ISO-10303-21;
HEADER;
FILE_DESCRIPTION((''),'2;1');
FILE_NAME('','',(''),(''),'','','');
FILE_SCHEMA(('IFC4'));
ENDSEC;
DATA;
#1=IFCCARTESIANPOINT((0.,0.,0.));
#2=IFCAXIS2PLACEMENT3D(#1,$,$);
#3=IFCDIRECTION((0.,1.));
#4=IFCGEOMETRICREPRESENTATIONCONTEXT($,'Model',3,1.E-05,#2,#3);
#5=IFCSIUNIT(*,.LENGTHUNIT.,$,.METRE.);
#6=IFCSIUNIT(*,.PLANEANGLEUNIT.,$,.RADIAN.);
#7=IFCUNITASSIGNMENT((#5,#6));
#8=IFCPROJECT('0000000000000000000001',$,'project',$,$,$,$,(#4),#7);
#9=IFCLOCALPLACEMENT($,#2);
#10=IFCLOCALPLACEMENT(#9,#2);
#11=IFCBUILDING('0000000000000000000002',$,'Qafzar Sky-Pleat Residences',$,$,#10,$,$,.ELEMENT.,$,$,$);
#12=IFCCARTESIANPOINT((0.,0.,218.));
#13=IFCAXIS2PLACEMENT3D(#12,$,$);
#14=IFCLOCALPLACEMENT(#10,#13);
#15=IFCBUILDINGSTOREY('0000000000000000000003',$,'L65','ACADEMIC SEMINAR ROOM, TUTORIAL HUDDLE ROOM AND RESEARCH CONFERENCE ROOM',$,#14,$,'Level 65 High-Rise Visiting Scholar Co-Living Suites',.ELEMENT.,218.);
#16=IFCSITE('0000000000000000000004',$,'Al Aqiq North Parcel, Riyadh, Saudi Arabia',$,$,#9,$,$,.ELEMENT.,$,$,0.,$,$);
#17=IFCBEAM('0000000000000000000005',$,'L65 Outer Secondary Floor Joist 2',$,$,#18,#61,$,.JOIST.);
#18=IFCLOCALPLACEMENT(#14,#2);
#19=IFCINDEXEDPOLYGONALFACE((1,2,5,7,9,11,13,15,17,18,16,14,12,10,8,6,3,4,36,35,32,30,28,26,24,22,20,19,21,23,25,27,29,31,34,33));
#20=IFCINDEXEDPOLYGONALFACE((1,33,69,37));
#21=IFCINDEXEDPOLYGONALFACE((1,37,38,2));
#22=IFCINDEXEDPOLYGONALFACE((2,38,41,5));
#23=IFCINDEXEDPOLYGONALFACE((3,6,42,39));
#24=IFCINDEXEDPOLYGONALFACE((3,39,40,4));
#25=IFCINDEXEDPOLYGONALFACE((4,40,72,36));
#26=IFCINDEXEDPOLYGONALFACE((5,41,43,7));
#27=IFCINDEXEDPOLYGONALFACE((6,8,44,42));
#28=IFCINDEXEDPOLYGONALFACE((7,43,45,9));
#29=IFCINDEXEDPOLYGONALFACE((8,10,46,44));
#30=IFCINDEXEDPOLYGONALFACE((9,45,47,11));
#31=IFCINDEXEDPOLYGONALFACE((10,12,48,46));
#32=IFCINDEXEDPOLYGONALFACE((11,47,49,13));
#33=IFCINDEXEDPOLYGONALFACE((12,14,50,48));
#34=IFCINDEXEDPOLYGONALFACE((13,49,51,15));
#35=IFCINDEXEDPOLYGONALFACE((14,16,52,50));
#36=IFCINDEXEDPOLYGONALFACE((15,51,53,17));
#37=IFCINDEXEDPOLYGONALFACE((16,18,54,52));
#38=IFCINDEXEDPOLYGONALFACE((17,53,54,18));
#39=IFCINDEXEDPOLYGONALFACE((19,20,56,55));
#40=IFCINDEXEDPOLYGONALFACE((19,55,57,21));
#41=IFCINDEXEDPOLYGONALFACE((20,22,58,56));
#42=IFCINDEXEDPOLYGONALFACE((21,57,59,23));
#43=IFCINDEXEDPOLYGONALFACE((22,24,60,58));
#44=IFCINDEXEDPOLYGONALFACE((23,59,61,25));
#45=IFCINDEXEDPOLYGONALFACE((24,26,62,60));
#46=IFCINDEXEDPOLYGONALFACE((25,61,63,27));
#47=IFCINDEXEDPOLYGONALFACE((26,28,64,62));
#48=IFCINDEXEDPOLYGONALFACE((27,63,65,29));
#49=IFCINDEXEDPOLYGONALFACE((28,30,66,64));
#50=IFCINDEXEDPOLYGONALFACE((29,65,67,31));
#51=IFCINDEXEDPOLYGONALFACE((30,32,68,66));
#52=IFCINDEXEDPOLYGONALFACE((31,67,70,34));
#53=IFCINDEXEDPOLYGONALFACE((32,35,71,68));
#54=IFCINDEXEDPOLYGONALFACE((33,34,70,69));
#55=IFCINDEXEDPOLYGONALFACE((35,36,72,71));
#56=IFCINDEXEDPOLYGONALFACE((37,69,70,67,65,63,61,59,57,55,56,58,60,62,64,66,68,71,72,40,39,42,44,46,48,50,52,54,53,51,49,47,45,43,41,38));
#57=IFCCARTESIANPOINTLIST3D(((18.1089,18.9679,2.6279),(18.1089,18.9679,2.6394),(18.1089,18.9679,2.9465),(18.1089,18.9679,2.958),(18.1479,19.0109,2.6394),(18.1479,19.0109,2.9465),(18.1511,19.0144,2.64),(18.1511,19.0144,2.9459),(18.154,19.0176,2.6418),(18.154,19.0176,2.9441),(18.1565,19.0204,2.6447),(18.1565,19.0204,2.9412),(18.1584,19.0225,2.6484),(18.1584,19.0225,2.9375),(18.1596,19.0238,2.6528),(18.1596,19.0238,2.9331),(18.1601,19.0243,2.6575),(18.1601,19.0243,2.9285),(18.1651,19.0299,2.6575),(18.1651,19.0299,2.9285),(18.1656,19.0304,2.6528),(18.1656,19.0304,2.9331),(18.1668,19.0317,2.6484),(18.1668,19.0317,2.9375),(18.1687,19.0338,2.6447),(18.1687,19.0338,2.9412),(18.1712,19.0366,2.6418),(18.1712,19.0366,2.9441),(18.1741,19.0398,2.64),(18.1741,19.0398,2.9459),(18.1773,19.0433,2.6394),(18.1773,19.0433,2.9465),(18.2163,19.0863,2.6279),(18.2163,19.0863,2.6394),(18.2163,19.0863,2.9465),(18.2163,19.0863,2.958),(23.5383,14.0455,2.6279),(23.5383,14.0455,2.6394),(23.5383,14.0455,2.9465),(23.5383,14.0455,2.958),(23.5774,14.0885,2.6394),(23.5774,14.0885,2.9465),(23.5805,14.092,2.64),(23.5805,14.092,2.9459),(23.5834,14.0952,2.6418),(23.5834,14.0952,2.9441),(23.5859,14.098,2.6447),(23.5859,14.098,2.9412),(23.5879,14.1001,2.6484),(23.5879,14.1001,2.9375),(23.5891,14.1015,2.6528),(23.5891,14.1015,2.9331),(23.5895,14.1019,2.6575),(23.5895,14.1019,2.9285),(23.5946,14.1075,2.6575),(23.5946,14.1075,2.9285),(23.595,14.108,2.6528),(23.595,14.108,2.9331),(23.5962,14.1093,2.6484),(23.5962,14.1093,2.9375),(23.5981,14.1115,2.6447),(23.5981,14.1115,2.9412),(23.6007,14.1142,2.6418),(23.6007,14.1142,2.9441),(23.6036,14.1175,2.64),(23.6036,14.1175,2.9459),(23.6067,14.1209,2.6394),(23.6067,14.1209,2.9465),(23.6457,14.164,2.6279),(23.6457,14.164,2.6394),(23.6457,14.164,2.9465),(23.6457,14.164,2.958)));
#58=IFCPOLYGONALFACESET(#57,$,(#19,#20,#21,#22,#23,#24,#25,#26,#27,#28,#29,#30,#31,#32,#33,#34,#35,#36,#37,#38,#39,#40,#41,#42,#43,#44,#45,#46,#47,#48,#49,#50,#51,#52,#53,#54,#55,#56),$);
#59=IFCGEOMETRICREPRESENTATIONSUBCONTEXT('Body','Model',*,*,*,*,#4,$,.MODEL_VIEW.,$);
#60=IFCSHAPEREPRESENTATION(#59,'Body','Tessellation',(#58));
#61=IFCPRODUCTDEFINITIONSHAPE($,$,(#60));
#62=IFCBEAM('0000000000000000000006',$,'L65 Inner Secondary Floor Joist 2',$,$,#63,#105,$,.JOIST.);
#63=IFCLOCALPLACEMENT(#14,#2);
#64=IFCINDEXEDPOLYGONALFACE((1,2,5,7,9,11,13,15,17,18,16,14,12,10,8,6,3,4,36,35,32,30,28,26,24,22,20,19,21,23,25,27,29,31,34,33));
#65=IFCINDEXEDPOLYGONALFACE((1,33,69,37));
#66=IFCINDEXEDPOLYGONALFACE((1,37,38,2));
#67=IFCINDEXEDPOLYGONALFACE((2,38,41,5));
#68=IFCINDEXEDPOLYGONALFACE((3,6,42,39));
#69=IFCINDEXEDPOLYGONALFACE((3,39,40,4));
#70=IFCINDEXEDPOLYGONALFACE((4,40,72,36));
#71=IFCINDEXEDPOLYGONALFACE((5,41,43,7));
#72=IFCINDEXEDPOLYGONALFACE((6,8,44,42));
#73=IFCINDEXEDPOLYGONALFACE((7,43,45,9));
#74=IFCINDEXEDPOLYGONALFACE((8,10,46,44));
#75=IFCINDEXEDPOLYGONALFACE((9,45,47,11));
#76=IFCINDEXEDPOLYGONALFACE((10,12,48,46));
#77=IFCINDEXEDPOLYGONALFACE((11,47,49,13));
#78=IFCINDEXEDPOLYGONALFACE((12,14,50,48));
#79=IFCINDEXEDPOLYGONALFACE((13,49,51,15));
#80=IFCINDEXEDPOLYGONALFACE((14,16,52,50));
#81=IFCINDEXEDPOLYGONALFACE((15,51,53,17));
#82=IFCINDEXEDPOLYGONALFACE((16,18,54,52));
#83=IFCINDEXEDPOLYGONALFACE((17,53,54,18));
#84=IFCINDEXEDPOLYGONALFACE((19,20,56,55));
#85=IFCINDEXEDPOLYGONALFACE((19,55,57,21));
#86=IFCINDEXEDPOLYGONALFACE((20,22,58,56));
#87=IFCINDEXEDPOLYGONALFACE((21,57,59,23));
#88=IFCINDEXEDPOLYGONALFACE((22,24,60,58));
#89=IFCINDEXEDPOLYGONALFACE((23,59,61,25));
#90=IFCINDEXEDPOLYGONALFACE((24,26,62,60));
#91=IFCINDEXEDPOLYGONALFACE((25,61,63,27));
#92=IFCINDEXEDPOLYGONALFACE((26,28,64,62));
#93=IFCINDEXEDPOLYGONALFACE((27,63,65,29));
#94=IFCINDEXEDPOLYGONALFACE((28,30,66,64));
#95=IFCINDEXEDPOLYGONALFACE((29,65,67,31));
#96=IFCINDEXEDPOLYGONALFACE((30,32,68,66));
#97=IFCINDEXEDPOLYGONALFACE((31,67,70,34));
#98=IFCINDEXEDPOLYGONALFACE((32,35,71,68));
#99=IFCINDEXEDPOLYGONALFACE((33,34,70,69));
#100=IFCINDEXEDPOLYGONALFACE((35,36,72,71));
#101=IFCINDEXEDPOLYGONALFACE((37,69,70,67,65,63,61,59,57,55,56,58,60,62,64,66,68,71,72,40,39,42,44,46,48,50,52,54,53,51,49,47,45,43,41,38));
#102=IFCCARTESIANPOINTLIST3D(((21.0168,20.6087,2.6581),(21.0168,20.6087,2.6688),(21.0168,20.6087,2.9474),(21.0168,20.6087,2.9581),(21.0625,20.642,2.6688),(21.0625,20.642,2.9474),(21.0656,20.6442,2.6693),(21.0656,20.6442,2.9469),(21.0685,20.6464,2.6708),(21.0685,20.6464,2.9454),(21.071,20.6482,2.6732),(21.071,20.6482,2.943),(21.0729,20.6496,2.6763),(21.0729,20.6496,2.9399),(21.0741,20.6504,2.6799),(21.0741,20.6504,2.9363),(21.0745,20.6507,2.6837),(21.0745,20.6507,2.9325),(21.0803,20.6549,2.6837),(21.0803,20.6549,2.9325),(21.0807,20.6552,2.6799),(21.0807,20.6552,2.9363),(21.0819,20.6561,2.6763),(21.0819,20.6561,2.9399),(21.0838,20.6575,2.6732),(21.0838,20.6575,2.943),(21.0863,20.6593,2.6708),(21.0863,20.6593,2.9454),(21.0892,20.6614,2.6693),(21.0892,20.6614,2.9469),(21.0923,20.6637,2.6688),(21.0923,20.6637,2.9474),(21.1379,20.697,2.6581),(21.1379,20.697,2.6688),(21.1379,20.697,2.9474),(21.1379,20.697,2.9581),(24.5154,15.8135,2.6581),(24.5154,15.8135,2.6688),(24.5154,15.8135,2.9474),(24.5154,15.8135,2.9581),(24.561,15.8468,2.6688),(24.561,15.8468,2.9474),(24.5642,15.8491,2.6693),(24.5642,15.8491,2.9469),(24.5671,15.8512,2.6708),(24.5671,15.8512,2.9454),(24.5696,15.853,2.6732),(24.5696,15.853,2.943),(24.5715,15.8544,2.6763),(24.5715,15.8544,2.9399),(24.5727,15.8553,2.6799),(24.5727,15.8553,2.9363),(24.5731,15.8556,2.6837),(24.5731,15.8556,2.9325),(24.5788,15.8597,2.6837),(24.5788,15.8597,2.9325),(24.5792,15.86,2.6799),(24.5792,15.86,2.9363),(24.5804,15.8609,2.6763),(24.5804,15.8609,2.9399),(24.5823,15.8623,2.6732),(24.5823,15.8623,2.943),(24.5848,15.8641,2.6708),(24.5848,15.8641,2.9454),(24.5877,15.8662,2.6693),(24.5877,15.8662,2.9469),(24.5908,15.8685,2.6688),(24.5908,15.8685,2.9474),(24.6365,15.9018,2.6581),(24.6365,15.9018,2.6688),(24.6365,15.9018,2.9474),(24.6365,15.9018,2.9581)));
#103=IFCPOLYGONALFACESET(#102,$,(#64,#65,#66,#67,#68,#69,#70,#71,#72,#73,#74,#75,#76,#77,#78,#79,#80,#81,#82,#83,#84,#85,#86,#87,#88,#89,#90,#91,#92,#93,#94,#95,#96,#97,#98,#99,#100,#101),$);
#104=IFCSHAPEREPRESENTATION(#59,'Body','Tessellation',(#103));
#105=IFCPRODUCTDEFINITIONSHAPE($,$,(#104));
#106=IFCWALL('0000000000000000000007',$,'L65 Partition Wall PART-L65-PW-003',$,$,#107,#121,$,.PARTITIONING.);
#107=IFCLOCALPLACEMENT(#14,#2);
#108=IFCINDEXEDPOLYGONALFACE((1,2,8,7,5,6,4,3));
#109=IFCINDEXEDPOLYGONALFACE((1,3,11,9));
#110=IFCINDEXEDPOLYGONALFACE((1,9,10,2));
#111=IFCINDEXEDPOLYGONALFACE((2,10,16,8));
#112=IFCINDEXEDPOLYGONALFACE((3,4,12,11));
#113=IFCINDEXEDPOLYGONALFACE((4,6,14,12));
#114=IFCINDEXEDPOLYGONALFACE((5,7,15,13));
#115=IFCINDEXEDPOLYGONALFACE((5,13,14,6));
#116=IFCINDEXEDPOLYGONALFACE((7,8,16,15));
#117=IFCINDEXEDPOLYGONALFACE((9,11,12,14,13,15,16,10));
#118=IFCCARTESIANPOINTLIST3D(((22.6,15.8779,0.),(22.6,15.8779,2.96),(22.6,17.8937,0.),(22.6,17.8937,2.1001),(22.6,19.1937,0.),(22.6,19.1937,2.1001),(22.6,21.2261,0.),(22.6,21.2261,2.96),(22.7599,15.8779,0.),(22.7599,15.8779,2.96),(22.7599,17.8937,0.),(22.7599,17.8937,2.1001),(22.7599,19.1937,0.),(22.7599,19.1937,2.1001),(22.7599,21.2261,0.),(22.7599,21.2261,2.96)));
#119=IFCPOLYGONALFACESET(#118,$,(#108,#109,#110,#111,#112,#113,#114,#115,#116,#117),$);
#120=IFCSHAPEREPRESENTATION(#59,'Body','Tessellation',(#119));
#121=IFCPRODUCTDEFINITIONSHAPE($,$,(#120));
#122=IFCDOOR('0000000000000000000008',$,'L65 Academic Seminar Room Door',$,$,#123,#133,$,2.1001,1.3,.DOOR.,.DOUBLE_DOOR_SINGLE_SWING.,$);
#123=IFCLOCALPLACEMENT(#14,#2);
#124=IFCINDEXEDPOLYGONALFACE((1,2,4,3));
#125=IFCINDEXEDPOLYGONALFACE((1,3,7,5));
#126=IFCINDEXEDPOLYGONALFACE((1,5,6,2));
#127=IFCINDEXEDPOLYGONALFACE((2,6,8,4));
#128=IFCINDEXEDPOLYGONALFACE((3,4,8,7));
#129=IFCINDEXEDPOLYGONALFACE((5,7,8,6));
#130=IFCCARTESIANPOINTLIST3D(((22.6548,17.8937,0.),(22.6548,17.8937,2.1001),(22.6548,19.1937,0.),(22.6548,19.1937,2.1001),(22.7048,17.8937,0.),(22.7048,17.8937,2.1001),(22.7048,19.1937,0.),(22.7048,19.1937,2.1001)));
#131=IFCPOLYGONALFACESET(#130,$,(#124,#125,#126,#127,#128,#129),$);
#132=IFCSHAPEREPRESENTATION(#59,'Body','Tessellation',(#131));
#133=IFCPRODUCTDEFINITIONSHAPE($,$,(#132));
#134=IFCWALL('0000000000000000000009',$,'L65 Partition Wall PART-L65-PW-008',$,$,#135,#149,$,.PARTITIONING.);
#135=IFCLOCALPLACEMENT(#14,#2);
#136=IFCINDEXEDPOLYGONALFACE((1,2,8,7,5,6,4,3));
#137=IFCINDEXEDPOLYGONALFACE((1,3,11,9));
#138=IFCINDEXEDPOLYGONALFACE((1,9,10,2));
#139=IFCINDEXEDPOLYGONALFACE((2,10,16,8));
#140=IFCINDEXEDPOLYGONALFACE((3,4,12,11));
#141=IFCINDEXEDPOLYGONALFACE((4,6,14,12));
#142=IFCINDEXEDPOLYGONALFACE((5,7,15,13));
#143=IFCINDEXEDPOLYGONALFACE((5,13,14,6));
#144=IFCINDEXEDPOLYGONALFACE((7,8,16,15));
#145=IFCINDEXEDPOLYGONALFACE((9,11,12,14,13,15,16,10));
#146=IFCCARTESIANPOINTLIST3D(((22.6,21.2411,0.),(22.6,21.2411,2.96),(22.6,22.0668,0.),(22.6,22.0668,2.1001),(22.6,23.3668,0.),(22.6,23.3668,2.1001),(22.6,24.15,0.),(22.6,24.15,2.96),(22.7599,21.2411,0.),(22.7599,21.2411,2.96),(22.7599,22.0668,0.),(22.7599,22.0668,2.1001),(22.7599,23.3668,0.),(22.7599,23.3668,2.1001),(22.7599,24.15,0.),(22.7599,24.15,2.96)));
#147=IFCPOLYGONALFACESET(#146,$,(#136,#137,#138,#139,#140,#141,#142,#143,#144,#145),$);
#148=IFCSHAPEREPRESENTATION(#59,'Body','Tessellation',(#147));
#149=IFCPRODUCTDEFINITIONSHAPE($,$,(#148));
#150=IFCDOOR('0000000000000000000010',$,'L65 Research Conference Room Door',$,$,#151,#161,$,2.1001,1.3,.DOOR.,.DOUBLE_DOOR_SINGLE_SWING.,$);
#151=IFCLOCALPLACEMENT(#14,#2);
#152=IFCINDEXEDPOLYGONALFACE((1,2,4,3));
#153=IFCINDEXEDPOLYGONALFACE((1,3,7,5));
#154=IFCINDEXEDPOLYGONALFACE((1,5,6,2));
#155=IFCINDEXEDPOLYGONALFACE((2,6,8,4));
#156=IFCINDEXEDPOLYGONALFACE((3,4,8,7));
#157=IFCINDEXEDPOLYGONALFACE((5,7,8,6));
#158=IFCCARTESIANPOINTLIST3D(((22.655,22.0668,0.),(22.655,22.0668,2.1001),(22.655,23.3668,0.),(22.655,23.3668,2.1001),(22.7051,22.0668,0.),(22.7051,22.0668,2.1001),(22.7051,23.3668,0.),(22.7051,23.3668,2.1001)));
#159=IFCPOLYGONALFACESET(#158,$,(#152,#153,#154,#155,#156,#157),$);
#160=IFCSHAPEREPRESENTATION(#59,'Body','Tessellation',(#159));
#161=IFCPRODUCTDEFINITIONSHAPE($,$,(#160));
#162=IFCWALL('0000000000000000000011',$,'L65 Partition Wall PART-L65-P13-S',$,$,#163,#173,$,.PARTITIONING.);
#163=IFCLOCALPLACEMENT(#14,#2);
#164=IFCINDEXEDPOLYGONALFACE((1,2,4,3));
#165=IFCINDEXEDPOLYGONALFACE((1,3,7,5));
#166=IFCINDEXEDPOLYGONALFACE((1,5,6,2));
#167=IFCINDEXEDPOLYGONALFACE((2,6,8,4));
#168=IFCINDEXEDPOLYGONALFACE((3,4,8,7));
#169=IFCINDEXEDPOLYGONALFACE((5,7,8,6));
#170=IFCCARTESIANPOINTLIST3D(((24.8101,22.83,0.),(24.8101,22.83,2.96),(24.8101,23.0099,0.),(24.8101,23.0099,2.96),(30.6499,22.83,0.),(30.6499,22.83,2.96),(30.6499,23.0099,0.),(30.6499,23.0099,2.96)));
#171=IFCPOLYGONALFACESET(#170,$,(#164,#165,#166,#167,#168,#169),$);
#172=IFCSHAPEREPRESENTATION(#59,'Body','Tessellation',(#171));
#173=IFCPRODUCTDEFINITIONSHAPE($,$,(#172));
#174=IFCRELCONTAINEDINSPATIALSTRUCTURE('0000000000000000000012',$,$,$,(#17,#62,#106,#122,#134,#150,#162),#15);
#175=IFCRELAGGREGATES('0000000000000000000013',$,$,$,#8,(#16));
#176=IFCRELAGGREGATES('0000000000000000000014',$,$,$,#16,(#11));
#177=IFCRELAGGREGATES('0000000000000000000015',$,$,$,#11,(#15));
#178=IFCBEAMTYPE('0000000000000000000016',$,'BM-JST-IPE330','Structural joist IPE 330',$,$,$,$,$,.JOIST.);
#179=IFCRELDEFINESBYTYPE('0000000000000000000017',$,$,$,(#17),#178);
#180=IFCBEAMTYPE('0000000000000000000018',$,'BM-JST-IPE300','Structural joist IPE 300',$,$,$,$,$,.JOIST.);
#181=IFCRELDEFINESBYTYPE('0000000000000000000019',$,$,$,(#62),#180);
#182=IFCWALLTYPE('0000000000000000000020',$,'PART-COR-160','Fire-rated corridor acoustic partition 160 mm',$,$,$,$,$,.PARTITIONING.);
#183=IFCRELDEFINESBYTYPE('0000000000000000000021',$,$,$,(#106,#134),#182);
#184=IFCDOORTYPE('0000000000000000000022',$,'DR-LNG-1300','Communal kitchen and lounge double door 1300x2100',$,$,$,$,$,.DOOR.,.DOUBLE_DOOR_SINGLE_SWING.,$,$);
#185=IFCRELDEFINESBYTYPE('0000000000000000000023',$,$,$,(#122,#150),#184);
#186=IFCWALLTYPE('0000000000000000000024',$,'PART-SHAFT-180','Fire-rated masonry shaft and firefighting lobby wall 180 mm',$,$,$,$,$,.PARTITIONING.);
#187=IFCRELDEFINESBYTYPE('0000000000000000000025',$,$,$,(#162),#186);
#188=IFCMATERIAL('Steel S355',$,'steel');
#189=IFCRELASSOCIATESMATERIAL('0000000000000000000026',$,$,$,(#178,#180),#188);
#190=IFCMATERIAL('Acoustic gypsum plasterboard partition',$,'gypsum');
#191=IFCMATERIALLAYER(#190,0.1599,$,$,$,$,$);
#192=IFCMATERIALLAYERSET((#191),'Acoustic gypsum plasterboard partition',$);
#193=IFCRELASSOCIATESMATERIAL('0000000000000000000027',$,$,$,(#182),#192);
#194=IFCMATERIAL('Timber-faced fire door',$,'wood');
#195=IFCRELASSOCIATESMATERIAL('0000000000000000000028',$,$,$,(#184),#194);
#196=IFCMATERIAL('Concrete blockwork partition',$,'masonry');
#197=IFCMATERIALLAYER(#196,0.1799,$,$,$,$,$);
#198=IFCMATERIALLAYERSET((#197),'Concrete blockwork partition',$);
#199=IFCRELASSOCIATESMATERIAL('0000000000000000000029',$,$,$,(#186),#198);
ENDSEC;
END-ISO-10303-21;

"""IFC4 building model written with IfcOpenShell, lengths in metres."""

from ifc_helpers import new_model, si_unit, direction, frame, frame_2d, origin, origin_2d, place, context, subcontext, project, spatial, rectangle, i_section, extrude, source, transform, mapped, material, layer, layer_set, material_profile, profile_set, type_object, element, fill, save


model = new_model("IFC4")

# Units and contexts
model_context = context("Model", 3, precision=1e-05, world=origin(), true_north=direction((0.0, 1.0)))
body_context = subcontext(model_context, "Body", "Model", "MODEL_VIEW")
ifc_project = project(units=[si_unit("LENGTHUNIT", "METRE"), si_unit("PLANEANGLEUNIT", "RADIAN")], contexts=[model_context])

# Site, building, storey
site_placement = place(None, origin())
site = spatial("IfcSite", under=ifc_project, at=site_placement, Name="Al Aqiq North Parcel, Riyadh, Saudi Arabia", CompositionType="ELEMENT", RefElevation=0.0)
building_placement = place(site_placement, origin())
building = spatial("IfcBuilding", under=site, at=building_placement, Name="Qafzar Sky-Pleat Residences", CompositionType="ELEMENT")
storey_placement = place(building_placement, frame((0.0, 0.0, 218.0)))
storey = spatial("IfcBuildingStorey", under=building, at=storey_placement, Name="L65", Description="ACADEMIC SEMINAR ROOM, TUTORIAL HUDDLE ROOM AND RESEARCH CONFERENCE ROOM", LongName="Level 65 High-Rise Visiting Scholar Co-Living Suites", CompositionType="ELEMENT", Elevation=218.0)

# Beams
ifc_material_1 = material(Name="Steel S355", Category="steel")
ifc_material_profile_1 = material_profile(ifc_material_1, i_section(OverallWidth=0.1599, OverallDepth=0.3301, WebThickness=0.0076, FlangeThickness=0.0115, FilletRadius=0.0181, at=origin_2d()), Name="IPE 330")
ifc_profile_set_1 = profile_set([ifc_material_profile_1], Name="Steel S355")
beam_type_1 = type_object("IfcBeamType", Name="BM-JST-IPE330", Description="Structural joist IPE 330", PredefinedType="JOIST", material=ifc_profile_set_1)
shared_shape_1 = source(origin(), body_context, "Body", "SweptSolid", [
    extrude(i_section(OverallWidth=0.1599, OverallDepth=0.3301, WebThickness=0.0076, FlangeThickness=0.0115, FilletRadius=0.0181, at=origin_2d()), origin(), (0.0, 0.0, 1.0), 7.3286),
])
beam_1_placement = place(storey_placement, frame((18.1626, 19.0271, 2.793), z_axis=(0.740856, -0.671664, 0.0), x_axis=(0.671664, 0.740856, 0.0)))
element("IfcBeam", 1, at=beam_1_placement, inside=storey, type_object=beam_type_1, Name="L65 Outer Secondary Floor Joist 2", PredefinedType="JOIST", context=body_context, shape_type="MappedRepresentation", body=[
    mapped(shared_shape_1, transform((0.0, 0.0, 0.0), x_axis=(1.0, 0.0, 0.0), y_axis=(0.0, 1.0, 0.0), z_axis=(0.0, 0.0, 1.0), scale=1.0)),
])
ifc_material_profile_2 = material_profile(ifc_material_1, i_section(OverallWidth=0.1499, OverallDepth=0.3, WebThickness=0.0071, FlangeThickness=0.0107, FilletRadius=0.0149, at=origin_2d()), Name="IPE 300")
ifc_profile_set_2 = profile_set([ifc_material_profile_2], Name="Steel S355")
beam_type_2 = type_object("IfcBeamType", Name="BM-JST-IPE300", Description="Structural joist IPE 300", PredefinedType="JOIST", material=ifc_profile_set_2)
shared_shape_2 = source(origin(), body_context, "Body", "SweptSolid", [
    extrude(i_section(OverallWidth=0.1499, OverallDepth=0.3, WebThickness=0.0071, FlangeThickness=0.0107, FilletRadius=0.0149, at=origin_2d()), origin(), (0.0, 0.0, 1.0), 5.9358),
])
beam_2_placement = place(storey_placement, frame((21.0774, 20.6528, 2.8081), z_axis=(0.589399, -0.807842, 0.0), x_axis=(0.807842, 0.589399, 0.0)))
element("IfcBeam", 2, at=beam_2_placement, inside=storey, type_object=beam_type_2, Name="L65 Inner Secondary Floor Joist 2", PredefinedType="JOIST", context=body_context, shape_type="MappedRepresentation", body=[
    mapped(shared_shape_2, transform((0.0, 0.0, 0.0), x_axis=(1.0, 0.0, 0.0), y_axis=(0.0, 1.0, 0.0), z_axis=(0.0, 0.0, 1.0), scale=1.0)),
])

# Walls, openings, doors
ifc_material_2 = material(Name="Acoustic gypsum plasterboard partition", Category="gypsum")
ifc_layer_1 = layer(ifc_material_2, 0.1599)
ifc_layer_set_1 = layer_set([ifc_layer_1], Name="Acoustic gypsum plasterboard partition")
wall_type_1 = type_object("IfcWallType", Name="PART-COR-160", Description="Fire-rated corridor acoustic partition 160 mm", PredefinedType="PARTITIONING", material=ifc_layer_set_1)
wall_1_placement = place(storey_placement, frame((22.6799, 21.2261, 0.0), z_axis=(0.0, 0.0, 1.0), x_axis=(0.0, -1.0, 0.0)))
wall_1 = element("IfcWall", 3, at=wall_1_placement, inside=storey, type_object=wall_type_1, Name="L65 Partition Wall PART-L65-PW-003", PredefinedType="PARTITIONING", context=body_context, shape_type="SweptSolid", body=[
    extrude(rectangle(XDim=5.3481, YDim=0.1599, at=frame_2d((2.6741, 0.0))), origin(), (0.0, 0.0, 1.0), 2.96),
])
opening_1_placement = place(wall_1_placement, frame((2.0325, 0.0, 0.0)))
opening_1 = element("IfcOpeningElement", 4, at=opening_1_placement, cuts=wall_1, PredefinedType="OPENING", context=body_context, shape_type="SweptSolid", body=[
    extrude(rectangle(XDim=1.3, YDim=2.1001, at=frame_2d((0.6499, 1.05))), frame((0.0, 0.0898, 0.0), z_axis=(0.0, -1.0, 0.0), x_axis=(1.0, 0.0, 0.0)), (0.0, 0.0, 1.0), 0.1799),
])
ifc_material_3 = material(Name="Timber-faced fire door", Category="wood")
door_type_1 = type_object("IfcDoorType", Name="DR-LNG-1300", Description="Communal kitchen and lounge double door 1300x2100", OperationType="DOUBLE_DOOR_SINGLE_SWING", PredefinedType="DOOR", material=ifc_material_3)
shared_shape_3 = source(origin(), body_context, "Body", "SweptSolid", [
    extrude(rectangle(XDim=1.3, YDim=2.1001, at=frame_2d((0.6499, 1.05))), frame((0.0, 0.0249, 0.0), z_axis=(0.0, -1.0, 0.0), x_axis=(1.0, 0.0, 0.0)), (0.0, 0.0, 1.0), 0.05),
])
door_1_placement = place(opening_1_placement, origin())
door_1 = element("IfcDoor", 5, at=door_1_placement, inside=storey, type_object=door_type_1, Name="L65 Academic Seminar Room Door", OperationType="DOUBLE_DOOR_SINGLE_SWING", OverallHeight=2.1001, OverallWidth=1.3, PredefinedType="DOOR", context=body_context, shape_type="MappedRepresentation", body=[
    mapped(shared_shape_3, transform((0.0, 0.0, 0.0), x_axis=(1.0, 0.0, 0.0), y_axis=(0.0, 1.0, 0.0), z_axis=(0.0, 0.0, 1.0), scale=1.0)),
])
fill(opening_1, door_1)
wall_2_placement = place(storey_placement, frame((22.6799, 21.241, 0.0), z_axis=(0.0, 0.0, 1.0), x_axis=(0.0, 1.0, 0.0)))
wall_2 = element("IfcWall", 6, at=wall_2_placement, inside=storey, type_object=wall_type_1, Name="L65 Partition Wall PART-L65-PW-008", PredefinedType="PARTITIONING", context=body_context, shape_type="SweptSolid", body=[
    extrude(rectangle(XDim=2.9089, YDim=0.1599, at=frame_2d((1.4546, 0.0))), origin(), (0.0, 0.0, 1.0), 2.96),
])
opening_2_placement = place(wall_2_placement, frame((0.8259, 0.0, 0.0)))
opening_2 = element("IfcOpeningElement", 7, at=opening_2_placement, cuts=wall_2, PredefinedType="OPENING", context=body_context, shape_type="SweptSolid", body=[
    extrude(rectangle(XDim=1.3, YDim=2.1001, at=frame_2d((0.6499, 1.05))), frame((0.0, 0.0898, 0.0), z_axis=(0.0, -1.0, 0.0), x_axis=(1.0, 0.0, 0.0)), (0.0, 0.0, 1.0), 0.1799),
])
door_2_placement = place(opening_2_placement, origin())
door_2 = element("IfcDoor", 8, at=door_2_placement, inside=storey, type_object=door_type_1, Name="L65 Research Conference Room Door", OperationType="DOUBLE_DOOR_SINGLE_SWING", OverallHeight=2.1001, OverallWidth=1.3, PredefinedType="DOOR", context=body_context, shape_type="MappedRepresentation", body=[
    mapped(shared_shape_3, transform((0.0, 0.0, 0.0), x_axis=(1.0, 0.0, 0.0), y_axis=(0.0, 1.0, 0.0), z_axis=(0.0, 0.0, 1.0), scale=1.0)),
])
fill(opening_2, door_2)

# Wall
ifc_material_4 = material(Name="Concrete blockwork partition", Category="masonry")
ifc_layer_2 = layer(ifc_material_4, 0.1799)
ifc_layer_set_2 = layer_set([ifc_layer_2], Name="Concrete blockwork partition")
wall_type_2 = type_object("IfcWallType", Name="PART-SHAFT-180", Description="Fire-rated masonry shaft and firefighting lobby wall 180 mm", PredefinedType="PARTITIONING", material=ifc_layer_set_2)
wall_3_placement = place(storey_placement, frame((24.8101, 22.9199, 0.0), z_axis=(0.0, 0.0, 1.0), x_axis=(1.0, 0.0, 0.0)))
element("IfcWall", 9, at=wall_3_placement, inside=storey, type_object=wall_type_2, Name="L65 Partition Wall PART-L65-P13-S", PredefinedType="PARTITIONING", context=body_context, shape_type="SweptSolid", body=[
    extrude(rectangle(XDim=5.8398, YDim=0.1799, at=frame_2d((2.9199, 0.0))), origin(), (0.0, 0.0, 1.0), 2.96),
])

save(model, "model.ifc")
